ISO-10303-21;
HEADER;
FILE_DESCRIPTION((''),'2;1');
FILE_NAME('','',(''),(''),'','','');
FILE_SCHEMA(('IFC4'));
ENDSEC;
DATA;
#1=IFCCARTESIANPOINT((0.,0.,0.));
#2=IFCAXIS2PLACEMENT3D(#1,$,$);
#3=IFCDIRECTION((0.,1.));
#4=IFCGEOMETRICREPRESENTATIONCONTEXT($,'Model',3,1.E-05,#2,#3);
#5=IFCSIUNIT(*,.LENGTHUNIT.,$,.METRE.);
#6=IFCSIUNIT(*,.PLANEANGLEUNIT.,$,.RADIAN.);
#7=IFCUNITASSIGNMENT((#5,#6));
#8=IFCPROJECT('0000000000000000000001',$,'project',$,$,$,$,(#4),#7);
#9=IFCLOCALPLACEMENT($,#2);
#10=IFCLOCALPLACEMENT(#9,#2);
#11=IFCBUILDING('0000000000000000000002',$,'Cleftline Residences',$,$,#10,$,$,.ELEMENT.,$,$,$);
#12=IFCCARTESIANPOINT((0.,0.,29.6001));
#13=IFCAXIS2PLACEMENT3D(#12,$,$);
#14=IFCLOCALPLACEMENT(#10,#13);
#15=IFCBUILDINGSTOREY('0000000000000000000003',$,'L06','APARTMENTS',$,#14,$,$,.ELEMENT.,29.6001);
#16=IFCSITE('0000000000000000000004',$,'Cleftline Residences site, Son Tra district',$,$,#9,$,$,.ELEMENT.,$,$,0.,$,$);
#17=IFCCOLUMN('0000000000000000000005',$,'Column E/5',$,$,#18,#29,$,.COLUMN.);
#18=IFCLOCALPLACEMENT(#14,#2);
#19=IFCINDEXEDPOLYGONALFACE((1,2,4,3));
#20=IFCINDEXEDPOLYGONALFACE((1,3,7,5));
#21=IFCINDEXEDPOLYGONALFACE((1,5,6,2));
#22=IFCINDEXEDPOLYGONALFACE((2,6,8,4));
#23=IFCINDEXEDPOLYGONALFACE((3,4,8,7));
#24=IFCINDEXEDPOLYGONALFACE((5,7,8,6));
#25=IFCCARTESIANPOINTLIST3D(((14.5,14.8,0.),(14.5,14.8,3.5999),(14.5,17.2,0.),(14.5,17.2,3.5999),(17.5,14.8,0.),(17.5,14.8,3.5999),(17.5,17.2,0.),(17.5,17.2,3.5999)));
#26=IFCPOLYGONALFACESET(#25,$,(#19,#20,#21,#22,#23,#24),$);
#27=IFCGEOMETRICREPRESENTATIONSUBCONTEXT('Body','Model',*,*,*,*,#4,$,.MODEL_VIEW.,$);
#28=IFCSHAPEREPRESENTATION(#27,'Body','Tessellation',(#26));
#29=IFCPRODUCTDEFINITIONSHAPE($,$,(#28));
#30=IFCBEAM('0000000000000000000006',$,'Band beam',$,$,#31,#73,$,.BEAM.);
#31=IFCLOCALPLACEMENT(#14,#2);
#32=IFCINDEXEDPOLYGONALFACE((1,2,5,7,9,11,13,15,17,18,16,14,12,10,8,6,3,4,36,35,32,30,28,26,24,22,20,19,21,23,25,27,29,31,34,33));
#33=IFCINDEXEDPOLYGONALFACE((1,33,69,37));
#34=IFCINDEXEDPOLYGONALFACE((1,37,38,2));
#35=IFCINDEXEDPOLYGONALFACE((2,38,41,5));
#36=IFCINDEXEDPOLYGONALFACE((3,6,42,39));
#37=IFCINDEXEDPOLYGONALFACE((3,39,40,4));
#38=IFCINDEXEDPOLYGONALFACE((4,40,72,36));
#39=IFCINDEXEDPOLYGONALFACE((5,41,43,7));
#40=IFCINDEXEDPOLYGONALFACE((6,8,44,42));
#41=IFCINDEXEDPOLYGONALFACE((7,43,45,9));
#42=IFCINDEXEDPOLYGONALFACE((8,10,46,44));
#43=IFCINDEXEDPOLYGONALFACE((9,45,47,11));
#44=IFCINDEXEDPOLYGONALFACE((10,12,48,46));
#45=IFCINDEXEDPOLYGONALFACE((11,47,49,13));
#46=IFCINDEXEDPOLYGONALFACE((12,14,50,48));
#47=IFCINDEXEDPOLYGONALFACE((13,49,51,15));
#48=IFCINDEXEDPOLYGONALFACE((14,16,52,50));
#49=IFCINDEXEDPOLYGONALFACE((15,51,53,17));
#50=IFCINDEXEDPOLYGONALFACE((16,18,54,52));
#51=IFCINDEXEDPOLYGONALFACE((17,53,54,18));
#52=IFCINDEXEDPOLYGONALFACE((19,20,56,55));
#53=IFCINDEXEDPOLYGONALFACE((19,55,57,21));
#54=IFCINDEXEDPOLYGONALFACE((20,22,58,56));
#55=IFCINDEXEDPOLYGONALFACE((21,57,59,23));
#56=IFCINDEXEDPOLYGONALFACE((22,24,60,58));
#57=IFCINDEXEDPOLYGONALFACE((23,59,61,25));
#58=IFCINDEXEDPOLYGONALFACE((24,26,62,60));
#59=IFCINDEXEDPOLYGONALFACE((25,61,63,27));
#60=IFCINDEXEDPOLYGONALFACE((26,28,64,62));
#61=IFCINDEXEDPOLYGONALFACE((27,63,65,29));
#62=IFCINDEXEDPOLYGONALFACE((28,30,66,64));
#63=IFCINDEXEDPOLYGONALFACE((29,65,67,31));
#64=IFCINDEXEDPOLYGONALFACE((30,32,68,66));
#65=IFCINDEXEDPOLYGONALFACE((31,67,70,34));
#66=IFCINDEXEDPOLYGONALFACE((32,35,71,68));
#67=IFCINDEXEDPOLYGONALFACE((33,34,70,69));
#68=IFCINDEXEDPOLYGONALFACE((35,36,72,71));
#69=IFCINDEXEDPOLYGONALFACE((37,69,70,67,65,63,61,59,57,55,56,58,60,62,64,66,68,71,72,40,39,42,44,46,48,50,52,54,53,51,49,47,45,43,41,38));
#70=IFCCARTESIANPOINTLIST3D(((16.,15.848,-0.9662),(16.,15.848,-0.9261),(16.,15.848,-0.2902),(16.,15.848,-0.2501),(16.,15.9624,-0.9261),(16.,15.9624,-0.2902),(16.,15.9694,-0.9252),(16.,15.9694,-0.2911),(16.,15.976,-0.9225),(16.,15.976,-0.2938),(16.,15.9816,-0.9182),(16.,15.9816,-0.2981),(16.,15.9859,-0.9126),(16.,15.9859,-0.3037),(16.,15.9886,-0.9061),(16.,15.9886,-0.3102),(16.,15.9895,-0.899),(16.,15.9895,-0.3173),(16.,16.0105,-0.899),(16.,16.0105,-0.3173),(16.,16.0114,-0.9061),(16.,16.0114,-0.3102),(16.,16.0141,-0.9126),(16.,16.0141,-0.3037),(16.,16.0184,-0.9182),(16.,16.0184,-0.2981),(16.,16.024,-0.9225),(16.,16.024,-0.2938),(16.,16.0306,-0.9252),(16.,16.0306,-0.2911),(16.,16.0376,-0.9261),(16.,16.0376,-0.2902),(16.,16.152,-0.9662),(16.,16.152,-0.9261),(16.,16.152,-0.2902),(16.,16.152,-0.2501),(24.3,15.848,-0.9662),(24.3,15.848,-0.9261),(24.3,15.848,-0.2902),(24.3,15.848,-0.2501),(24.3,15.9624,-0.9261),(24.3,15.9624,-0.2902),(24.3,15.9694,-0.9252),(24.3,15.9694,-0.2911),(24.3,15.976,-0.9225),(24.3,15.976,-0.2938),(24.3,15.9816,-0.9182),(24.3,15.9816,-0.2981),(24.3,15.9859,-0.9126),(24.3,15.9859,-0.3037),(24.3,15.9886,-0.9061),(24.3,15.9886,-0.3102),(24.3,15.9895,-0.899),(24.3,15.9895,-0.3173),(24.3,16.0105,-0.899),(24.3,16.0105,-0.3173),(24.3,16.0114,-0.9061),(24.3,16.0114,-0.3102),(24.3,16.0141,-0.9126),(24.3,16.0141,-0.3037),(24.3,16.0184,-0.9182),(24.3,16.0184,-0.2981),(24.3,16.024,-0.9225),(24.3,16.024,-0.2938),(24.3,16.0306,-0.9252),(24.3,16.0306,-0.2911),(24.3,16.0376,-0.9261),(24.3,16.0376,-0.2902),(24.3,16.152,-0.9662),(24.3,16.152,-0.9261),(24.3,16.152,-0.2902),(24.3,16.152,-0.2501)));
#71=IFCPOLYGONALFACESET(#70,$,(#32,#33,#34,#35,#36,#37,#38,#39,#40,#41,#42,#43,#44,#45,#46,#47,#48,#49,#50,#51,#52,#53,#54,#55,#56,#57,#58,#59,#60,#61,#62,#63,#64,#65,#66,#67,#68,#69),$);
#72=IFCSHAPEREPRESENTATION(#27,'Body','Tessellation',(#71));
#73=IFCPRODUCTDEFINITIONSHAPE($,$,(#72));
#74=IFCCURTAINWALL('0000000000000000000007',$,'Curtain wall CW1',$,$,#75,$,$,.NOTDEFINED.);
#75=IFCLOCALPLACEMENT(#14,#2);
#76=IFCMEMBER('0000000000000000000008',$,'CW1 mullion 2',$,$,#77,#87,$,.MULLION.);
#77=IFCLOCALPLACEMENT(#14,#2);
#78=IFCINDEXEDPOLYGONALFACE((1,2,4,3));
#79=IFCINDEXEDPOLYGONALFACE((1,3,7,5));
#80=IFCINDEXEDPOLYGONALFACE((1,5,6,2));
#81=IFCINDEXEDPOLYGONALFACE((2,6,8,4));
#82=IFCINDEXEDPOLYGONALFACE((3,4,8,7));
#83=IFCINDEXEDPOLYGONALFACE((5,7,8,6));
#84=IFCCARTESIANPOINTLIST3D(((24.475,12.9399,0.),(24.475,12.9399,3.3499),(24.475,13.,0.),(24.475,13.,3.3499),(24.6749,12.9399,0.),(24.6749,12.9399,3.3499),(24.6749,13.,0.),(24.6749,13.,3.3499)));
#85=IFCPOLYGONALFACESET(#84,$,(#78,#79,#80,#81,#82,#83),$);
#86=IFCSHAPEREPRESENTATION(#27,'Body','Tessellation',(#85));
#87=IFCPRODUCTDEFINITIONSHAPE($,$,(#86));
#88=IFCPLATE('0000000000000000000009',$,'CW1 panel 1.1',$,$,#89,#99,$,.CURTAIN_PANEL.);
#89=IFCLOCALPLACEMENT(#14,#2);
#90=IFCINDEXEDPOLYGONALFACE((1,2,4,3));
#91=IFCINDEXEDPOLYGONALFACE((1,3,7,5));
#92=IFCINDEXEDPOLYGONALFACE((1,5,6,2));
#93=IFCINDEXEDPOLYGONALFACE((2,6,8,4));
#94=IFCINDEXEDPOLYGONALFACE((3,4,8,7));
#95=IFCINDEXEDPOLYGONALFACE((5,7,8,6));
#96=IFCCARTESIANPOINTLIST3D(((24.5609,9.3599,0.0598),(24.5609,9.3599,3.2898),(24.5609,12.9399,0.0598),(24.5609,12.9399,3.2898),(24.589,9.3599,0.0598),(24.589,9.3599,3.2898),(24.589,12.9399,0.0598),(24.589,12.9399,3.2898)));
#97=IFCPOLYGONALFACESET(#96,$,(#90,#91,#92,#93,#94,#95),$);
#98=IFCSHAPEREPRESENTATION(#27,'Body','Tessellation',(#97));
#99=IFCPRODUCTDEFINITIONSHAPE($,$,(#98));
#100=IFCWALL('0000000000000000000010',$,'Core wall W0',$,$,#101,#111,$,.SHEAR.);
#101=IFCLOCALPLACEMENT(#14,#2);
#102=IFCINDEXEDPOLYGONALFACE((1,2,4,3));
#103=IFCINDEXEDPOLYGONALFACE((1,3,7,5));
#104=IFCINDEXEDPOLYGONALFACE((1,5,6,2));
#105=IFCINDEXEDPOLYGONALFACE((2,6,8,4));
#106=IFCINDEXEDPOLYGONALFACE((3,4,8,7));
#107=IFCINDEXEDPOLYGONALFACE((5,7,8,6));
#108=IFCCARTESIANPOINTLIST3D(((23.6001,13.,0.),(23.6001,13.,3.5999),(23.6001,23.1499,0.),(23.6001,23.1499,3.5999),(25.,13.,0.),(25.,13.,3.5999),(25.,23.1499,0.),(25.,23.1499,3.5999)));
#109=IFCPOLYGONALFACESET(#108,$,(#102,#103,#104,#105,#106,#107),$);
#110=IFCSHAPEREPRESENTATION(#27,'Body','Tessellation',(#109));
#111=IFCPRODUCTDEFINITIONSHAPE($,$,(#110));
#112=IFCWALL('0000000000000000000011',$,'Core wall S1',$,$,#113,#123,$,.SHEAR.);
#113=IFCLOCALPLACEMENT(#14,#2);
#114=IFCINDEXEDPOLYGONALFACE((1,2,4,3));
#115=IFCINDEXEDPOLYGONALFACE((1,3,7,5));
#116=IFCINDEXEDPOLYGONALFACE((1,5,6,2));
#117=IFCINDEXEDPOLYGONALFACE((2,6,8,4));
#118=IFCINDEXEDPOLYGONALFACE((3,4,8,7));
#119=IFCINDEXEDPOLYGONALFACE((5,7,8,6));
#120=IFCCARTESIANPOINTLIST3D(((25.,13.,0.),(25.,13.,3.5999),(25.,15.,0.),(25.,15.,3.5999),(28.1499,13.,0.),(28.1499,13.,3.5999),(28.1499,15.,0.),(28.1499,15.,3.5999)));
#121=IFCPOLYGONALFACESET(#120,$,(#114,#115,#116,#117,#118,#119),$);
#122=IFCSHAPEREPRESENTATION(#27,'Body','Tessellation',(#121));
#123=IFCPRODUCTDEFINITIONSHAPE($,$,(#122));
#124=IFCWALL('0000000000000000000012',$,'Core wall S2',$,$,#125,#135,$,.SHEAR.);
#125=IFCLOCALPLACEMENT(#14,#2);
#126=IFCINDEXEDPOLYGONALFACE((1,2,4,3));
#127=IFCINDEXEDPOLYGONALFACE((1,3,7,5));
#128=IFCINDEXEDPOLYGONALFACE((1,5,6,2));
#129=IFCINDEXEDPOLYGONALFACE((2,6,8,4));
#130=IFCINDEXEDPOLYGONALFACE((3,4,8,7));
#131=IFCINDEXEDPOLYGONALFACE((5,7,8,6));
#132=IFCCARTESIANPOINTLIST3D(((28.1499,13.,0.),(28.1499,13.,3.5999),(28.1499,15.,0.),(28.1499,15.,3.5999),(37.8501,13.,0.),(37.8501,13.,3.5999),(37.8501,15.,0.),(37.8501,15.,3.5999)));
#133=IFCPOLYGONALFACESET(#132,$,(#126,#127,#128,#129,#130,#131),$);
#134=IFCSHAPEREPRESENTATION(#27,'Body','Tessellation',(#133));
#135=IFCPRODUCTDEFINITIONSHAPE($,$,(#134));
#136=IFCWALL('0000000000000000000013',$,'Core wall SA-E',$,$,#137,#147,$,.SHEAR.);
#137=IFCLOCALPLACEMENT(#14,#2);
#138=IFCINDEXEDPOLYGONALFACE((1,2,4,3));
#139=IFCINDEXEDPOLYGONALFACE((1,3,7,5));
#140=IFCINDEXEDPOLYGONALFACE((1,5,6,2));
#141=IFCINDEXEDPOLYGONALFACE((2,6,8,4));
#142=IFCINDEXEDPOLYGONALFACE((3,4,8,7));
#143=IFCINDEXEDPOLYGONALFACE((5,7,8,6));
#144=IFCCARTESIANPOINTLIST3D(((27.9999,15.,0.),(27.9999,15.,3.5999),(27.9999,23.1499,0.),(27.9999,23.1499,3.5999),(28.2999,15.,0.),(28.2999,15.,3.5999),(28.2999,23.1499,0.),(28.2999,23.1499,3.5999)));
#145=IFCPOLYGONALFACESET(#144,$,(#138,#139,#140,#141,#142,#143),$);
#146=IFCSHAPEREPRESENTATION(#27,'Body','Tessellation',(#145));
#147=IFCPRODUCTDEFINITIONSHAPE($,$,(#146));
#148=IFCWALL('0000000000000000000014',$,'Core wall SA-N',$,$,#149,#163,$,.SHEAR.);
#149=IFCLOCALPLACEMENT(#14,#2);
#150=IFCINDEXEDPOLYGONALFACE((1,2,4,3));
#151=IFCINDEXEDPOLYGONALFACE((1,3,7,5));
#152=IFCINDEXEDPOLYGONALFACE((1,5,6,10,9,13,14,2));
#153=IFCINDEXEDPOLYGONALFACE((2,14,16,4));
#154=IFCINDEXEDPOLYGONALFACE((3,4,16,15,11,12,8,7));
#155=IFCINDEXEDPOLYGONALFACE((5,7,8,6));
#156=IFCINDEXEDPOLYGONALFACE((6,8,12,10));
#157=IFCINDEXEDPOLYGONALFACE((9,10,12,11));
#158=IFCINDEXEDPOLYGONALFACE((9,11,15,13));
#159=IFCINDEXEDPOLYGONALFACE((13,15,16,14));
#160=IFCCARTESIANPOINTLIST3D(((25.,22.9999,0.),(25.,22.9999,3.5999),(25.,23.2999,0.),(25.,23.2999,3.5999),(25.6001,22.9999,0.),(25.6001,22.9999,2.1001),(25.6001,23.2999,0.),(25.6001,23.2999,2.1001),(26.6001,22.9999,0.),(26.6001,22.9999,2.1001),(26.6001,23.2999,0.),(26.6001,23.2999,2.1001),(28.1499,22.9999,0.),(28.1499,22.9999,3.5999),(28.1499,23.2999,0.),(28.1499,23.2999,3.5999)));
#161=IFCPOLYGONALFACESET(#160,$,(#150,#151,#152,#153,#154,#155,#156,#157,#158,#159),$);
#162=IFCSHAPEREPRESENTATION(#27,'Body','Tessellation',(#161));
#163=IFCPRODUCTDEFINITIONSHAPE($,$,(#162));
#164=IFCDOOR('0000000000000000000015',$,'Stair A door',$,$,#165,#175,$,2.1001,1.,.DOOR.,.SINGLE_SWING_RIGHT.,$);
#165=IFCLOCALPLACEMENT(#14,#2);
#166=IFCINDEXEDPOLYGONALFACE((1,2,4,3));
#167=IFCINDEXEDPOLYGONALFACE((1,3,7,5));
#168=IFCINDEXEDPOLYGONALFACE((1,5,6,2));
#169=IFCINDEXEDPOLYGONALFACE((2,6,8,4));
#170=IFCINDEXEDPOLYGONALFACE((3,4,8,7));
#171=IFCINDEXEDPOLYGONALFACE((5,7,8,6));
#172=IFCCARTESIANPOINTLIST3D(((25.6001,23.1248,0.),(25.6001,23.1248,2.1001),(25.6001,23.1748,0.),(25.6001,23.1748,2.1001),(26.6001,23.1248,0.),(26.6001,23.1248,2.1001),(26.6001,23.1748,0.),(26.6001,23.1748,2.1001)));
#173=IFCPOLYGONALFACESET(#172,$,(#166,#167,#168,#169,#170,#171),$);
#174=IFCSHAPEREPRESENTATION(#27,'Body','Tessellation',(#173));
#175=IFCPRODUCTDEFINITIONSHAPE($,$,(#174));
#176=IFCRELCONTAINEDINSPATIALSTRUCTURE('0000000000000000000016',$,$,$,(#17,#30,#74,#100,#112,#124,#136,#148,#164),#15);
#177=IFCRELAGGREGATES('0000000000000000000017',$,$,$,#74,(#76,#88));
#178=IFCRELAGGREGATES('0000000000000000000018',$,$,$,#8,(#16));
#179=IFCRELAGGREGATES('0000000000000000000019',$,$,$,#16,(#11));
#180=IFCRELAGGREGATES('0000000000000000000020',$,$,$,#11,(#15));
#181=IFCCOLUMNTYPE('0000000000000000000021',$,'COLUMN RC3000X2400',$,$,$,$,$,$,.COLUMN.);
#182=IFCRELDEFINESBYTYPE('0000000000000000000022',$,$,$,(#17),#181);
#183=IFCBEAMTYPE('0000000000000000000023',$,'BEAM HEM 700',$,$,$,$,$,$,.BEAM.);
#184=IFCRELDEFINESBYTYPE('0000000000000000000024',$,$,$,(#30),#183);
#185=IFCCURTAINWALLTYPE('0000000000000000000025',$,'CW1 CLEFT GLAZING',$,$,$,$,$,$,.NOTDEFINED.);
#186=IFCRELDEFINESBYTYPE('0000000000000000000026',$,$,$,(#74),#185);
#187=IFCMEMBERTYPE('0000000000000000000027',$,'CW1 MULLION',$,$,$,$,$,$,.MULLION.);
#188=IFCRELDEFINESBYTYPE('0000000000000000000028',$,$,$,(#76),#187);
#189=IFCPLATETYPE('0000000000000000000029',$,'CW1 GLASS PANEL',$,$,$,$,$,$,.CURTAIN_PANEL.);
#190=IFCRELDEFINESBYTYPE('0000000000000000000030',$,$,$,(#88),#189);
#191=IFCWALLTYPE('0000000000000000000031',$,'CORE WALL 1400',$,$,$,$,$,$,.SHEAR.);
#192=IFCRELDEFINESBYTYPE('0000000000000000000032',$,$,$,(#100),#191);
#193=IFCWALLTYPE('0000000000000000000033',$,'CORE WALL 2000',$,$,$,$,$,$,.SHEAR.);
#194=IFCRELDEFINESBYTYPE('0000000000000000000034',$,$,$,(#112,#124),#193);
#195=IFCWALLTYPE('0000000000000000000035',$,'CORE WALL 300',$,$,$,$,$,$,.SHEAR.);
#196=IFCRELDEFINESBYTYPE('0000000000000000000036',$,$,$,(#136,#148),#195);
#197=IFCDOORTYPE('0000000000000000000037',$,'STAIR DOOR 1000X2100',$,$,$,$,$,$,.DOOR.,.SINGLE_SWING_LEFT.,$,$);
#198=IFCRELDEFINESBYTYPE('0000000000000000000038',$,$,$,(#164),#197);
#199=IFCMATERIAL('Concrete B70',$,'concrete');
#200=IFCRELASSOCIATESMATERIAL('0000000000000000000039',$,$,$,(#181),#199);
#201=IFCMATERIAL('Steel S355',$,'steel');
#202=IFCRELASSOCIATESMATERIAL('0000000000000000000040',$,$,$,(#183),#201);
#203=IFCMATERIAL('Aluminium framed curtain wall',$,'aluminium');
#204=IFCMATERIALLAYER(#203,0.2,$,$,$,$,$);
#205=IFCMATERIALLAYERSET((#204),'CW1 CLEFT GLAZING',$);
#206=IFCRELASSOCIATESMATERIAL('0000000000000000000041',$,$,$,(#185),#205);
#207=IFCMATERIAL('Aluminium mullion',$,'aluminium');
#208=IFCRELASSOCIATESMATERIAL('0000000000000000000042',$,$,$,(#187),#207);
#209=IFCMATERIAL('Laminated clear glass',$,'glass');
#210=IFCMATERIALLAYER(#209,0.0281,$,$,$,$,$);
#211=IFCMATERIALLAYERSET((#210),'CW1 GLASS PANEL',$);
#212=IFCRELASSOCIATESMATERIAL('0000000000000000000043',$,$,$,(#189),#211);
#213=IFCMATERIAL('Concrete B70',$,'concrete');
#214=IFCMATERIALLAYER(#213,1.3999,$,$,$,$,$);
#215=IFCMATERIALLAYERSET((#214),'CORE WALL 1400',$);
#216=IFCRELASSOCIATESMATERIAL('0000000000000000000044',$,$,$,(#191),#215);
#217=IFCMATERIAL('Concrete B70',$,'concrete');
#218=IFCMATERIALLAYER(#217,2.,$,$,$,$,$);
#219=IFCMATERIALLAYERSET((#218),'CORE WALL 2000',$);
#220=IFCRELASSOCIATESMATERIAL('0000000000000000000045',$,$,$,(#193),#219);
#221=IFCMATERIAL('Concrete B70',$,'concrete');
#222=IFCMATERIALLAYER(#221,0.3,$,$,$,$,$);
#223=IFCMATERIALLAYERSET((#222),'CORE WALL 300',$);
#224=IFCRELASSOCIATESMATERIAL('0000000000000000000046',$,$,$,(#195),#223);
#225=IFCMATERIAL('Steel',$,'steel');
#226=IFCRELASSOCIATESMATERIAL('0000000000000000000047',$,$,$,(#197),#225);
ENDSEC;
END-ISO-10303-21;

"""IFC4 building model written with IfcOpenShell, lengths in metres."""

from ifc_helpers import new_model, si_unit, direction, frame, frame_2d, origin, origin_2d, place, context, subcontext, project, spatial, rectangle, i_section, extrude, material, layer, layer_set, material_profile, profile_set, type_object, element, fill, aggregate, save


model = new_model("IFC4")

# Units and contexts
model_context = context("Model", 3, precision=1e-05, world=origin(), true_north=direction((0.0, 1.0)))
body_context = subcontext(model_context, "Body", "Model", "MODEL_VIEW")
ifc_project = project(units=[si_unit("LENGTHUNIT", "METRE"), si_unit("PLANEANGLEUNIT", "RADIAN")], contexts=[model_context])

# Site, building, storey
site_placement = place(None, origin())
site = spatial("IfcSite", under=ifc_project, at=site_placement, Name="Cleftline Residences site, Son Tra district", CompositionType="ELEMENT", RefElevation=0.0)
building_placement = place(site_placement, origin())
building = spatial("IfcBuilding", under=site, at=building_placement, Name="Cleftline Residences", CompositionType="ELEMENT")
storey_placement = place(building_placement, frame((0.0, 0.0, 29.6001)))
storey = spatial("IfcBuildingStorey", under=building, at=storey_placement, Name="L06", Description="APARTMENTS", CompositionType="ELEMENT", Elevation=29.6001)

# Column
ifc_material_1 = material(Name="Concrete B70", Category="concrete")
ifc_material_profile_1 = material_profile(ifc_material_1, rectangle(XDim=3.0, YDim=2.3999, at=origin_2d()))
ifc_profile_set_1 = profile_set([ifc_material_profile_1], Name="Concrete B70")
column_type = type_object("IfcColumnType", Name="COLUMN RC3000X2400", PredefinedType="COLUMN", material=ifc_profile_set_1)
column_placement = place(storey_placement, frame((16.0, 16.0, 0.0), z_axis=(0.0, 0.0, 1.0), x_axis=(1.0, 0.0, 0.0)))
element("IfcColumn", 1, at=column_placement, inside=storey, type_object=column_type, Name="Column E/5", PredefinedType="COLUMN", context=body_context, shape_type="SweptSolid", body=[
    extrude(rectangle(XDim=3.0, YDim=2.3999, at=origin_2d()), origin(), (0.0, 0.0, 1.0), 3.5999),
])

# Beam
ifc_material_2 = material(Name="Steel S355", Category="steel")
ifc_material_profile_2 = material_profile(ifc_material_2, i_section(OverallWidth=0.304, OverallDepth=0.7161, WebThickness=0.021, FlangeThickness=0.04, FilletRadius=0.0271, at=origin_2d()))
ifc_profile_set_2 = profile_set([ifc_material_profile_2], Name="Steel S355")
beam_type = type_object("IfcBeamType", Name="BEAM HEM 700", PredefinedType="BEAM", material=ifc_profile_set_2)
beam_placement = place(storey_placement, frame((16.0, 16.0, -0.6082), z_axis=(1.0, 0.0, 0.0), x_axis=(0.0, 1.0, 0.0)))
element("IfcBeam", 2, at=beam_placement, inside=storey, type_object=beam_type, Name="Band beam", PredefinedType="BEAM", context=body_context, shape_type="SweptSolid", body=[
    extrude(i_section(OverallWidth=0.304, OverallDepth=0.7161, WebThickness=0.021, FlangeThickness=0.04, FilletRadius=0.0271, at=origin_2d()), origin(), (0.0, 0.0, 1.0), 8.3),
])

# Curtain wall, member, plate
ifc_material_3 = material(Name="Aluminium framed curtain wall", Category="aluminium")
ifc_layer_1 = layer(ifc_material_3, 0.2)
ifc_layer_set_1 = layer_set([ifc_layer_1], Name="CW1 CLEFT GLAZING")
curtain_wall_type = type_object("IfcCurtainWallType", Name="CW1 CLEFT GLAZING", PredefinedType="NOTDEFINED", material=ifc_layer_set_1)
curtain_wall_placement = place(storey_placement, origin())
curtain_wall = element("IfcCurtainWall", 3, at=curtain_wall_placement, inside=storey, type_object=curtain_wall_type, Name="Curtain wall CW1", PredefinedType="NOTDEFINED")
ifc_material_4 = material(Name="Aluminium mullion", Category="aluminium")
ifc_material_profile_3 = material_profile(ifc_material_4, rectangle(XDim=0.2, YDim=0.0601, at=origin_2d()))
ifc_profile_set_3 = profile_set([ifc_material_profile_3], Name="Aluminium mullion")
member_type = type_object("IfcMemberType", Name="CW1 MULLION", PredefinedType="MULLION", material=ifc_profile_set_3)
member_placement = place(storey_placement, frame((24.575, 12.97, 0.0), z_axis=(0.0, 0.0, 1.0), x_axis=(-1.0, 0.0, 0.0)))
member = element("IfcMember", 4, at=member_placement, type_object=member_type, Name="CW1 mullion 2", PredefinedType="MULLION", context=body_context, shape_type="SweptSolid", body=[
    extrude(rectangle(XDim=0.2, YDim=0.0601, at=origin_2d()), origin(), (0.0, 0.0, 1.0), 3.3499),
])
ifc_material_5 = material(Name="Laminated clear glass", Category="glass")
ifc_layer_2 = layer(ifc_material_5, 0.0281)
ifc_layer_set_2 = layer_set([ifc_layer_2], Name="CW1 GLASS PANEL")
plate_type = type_object("IfcPlateType", Name="CW1 GLASS PANEL", PredefinedType="CURTAIN_PANEL", material=ifc_layer_set_2)
plate_placement = place(storey_placement, frame((24.575, 11.1499, 0.0598), z_axis=(0.0, 0.0, 1.0), x_axis=(0.0, 1.0, 0.0)))
plate = element("IfcPlate", 5, at=plate_placement, type_object=plate_type, Name="CW1 panel 1.1", PredefinedType="CURTAIN_PANEL", context=body_context, shape_type="SweptSolid", body=[
    extrude(rectangle(XDim=3.5801, YDim=0.0281, at=origin_2d()), origin(), (0.0, 0.0, 1.0), 3.23),
])
aggregate(curtain_wall, [member, plate])

# Wall
ifc_material_6 = material(Name="Concrete B70", Category="concrete")
ifc_layer_3 = layer(ifc_material_6, 1.3999)
ifc_layer_set_3 = layer_set([ifc_layer_3], Name="CORE WALL 1400")
wall_type_1 = type_object("IfcWallType", Name="CORE WALL 1400", PredefinedType="SHEAR", material=ifc_layer_set_3)
wall_1_placement = place(storey_placement, frame((24.3, 13.0, 0.0), z_axis=(0.0, 0.0, 1.0), x_axis=(0.0, 1.0, 0.0)))
element("IfcWall", 6, at=wall_1_placement, inside=storey, type_object=wall_type_1, Name="Core wall W0", PredefinedType="SHEAR", context=body_context, shape_type="SweptSolid", body=[
    extrude(rectangle(XDim=10.1499, YDim=1.3999, at=frame_2d((5.075, 0.0))), origin(), (0.0, 0.0, 1.0), 3.5999),
])

# Walls
ifc_material_7 = material(Name="Concrete B70", Category="concrete")
ifc_layer_4 = layer(ifc_material_7, 2.0)
ifc_layer_set_4 = layer_set([ifc_layer_4], Name="CORE WALL 2000")
wall_type_2 = type_object("IfcWallType", Name="CORE WALL 2000", PredefinedType="SHEAR", material=ifc_layer_set_4)
wall_2_placement = place(storey_placement, frame((25.0, 14.0, 0.0), z_axis=(0.0, 0.0, 1.0), x_axis=(1.0, 0.0, 0.0)))
element("IfcWall", 7, at=wall_2_placement, inside=storey, type_object=wall_type_2, Name="Core wall S1", PredefinedType="SHEAR", context=body_context, shape_type="SweptSolid", body=[
    extrude(rectangle(XDim=3.1499, YDim=2.0, at=frame_2d((1.575, 0.0))), origin(), (0.0, 0.0, 1.0), 3.5999),
])
wall_3_placement = place(storey_placement, frame((28.1499, 14.0, 0.0), z_axis=(0.0, 0.0, 1.0), x_axis=(1.0, 0.0, 0.0)))
element("IfcWall", 8, at=wall_3_placement, inside=storey, type_object=wall_type_2, Name="Core wall S2", PredefinedType="SHEAR", context=body_context, shape_type="SweptSolid", body=[
    extrude(rectangle(XDim=9.7002, YDim=2.0, at=frame_2d((4.8501, 0.0))), origin(), (0.0, 0.0, 1.0), 3.5999),
])
ifc_material_8 = material(Name="Concrete B70", Category="concrete")
ifc_layer_5 = layer(ifc_material_8, 0.3)
ifc_layer_set_5 = layer_set([ifc_layer_5], Name="CORE WALL 300")
wall_type_3 = type_object("IfcWallType", Name="CORE WALL 300", PredefinedType="SHEAR", material=ifc_layer_set_5)
wall_4_placement = place(storey_placement, frame((28.1499, 15.0, 0.0), z_axis=(0.0, 0.0, 1.0), x_axis=(0.0, 1.0, 0.0)))
element("IfcWall", 9, at=wall_4_placement, inside=storey, type_object=wall_type_3, Name="Core wall SA-E", PredefinedType="SHEAR", context=body_context, shape_type="SweptSolid", body=[
    extrude(rectangle(XDim=8.1499, YDim=0.3, at=frame_2d((4.075, 0.0))), origin(), (0.0, 0.0, 1.0), 3.5999),
])

# Wall, opening, door
wall_5_placement = place(storey_placement, frame((25.0, 23.1499, 0.0), z_axis=(0.0, 0.0, 1.0), x_axis=(1.0, 0.0, 0.0)))
wall_5 = element("IfcWall", 10, at=wall_5_placement, inside=storey, type_object=wall_type_3, Name="Core wall SA-N", PredefinedType="SHEAR", context=body_context, shape_type="SweptSolid", body=[
    extrude(rectangle(XDim=3.1499, YDim=0.3, at=frame_2d((1.575, 0.0))), origin(), (0.0, 0.0, 1.0), 3.5999),
])
opening_1_placement = place(wall_5_placement, frame((0.6001, 0.0, 0.0)))
opening_1 = element("IfcOpeningElement", 11, at=opening_1_placement, cuts=wall_5, PredefinedType="OPENING", context=body_context, shape_type="SweptSolid", body=[
    extrude(rectangle(XDim=1.0, YDim=2.1001, at=frame_2d((0.5, 1.05))), frame((0.0, 0.1599, 0.0), z_axis=(0.0, -1.0, 0.0), x_axis=(1.0, 0.0, 0.0)), (0.0, 0.0, 1.0), 0.3201),
])
ifc_material_9 = material(Name="Steel", Category="steel")
door_type_1 = type_object("IfcDoorType", Name="STAIR DOOR 1000X2100", OperationType="SINGLE_SWING_LEFT", PredefinedType="DOOR", material=ifc_material_9)
door_1_placement = place(opening_1_placement, origin())
door_1 = element("IfcDoor", 12, at=door_1_placement, inside=storey, type_object=door_type_1, Name="Stair A door", OperationType="SINGLE_SWING_RIGHT", OverallHeight=2.1001, OverallWidth=1.0, PredefinedType="DOOR", context=body_context, shape_type="SweptSolid", body=[
    extrude(rectangle(XDim=1.0, YDim=2.1001, at=frame_2d((0.5, 1.05))), frame((0.0, 0.0249, 0.0), z_axis=(0.0, -1.0, 0.0), x_axis=(1.0, 0.0, 0.0)), (0.0, 0.0, 1.0), 0.05),
])
fill(opening_1, door_1)

save(model, "model.ifc")
